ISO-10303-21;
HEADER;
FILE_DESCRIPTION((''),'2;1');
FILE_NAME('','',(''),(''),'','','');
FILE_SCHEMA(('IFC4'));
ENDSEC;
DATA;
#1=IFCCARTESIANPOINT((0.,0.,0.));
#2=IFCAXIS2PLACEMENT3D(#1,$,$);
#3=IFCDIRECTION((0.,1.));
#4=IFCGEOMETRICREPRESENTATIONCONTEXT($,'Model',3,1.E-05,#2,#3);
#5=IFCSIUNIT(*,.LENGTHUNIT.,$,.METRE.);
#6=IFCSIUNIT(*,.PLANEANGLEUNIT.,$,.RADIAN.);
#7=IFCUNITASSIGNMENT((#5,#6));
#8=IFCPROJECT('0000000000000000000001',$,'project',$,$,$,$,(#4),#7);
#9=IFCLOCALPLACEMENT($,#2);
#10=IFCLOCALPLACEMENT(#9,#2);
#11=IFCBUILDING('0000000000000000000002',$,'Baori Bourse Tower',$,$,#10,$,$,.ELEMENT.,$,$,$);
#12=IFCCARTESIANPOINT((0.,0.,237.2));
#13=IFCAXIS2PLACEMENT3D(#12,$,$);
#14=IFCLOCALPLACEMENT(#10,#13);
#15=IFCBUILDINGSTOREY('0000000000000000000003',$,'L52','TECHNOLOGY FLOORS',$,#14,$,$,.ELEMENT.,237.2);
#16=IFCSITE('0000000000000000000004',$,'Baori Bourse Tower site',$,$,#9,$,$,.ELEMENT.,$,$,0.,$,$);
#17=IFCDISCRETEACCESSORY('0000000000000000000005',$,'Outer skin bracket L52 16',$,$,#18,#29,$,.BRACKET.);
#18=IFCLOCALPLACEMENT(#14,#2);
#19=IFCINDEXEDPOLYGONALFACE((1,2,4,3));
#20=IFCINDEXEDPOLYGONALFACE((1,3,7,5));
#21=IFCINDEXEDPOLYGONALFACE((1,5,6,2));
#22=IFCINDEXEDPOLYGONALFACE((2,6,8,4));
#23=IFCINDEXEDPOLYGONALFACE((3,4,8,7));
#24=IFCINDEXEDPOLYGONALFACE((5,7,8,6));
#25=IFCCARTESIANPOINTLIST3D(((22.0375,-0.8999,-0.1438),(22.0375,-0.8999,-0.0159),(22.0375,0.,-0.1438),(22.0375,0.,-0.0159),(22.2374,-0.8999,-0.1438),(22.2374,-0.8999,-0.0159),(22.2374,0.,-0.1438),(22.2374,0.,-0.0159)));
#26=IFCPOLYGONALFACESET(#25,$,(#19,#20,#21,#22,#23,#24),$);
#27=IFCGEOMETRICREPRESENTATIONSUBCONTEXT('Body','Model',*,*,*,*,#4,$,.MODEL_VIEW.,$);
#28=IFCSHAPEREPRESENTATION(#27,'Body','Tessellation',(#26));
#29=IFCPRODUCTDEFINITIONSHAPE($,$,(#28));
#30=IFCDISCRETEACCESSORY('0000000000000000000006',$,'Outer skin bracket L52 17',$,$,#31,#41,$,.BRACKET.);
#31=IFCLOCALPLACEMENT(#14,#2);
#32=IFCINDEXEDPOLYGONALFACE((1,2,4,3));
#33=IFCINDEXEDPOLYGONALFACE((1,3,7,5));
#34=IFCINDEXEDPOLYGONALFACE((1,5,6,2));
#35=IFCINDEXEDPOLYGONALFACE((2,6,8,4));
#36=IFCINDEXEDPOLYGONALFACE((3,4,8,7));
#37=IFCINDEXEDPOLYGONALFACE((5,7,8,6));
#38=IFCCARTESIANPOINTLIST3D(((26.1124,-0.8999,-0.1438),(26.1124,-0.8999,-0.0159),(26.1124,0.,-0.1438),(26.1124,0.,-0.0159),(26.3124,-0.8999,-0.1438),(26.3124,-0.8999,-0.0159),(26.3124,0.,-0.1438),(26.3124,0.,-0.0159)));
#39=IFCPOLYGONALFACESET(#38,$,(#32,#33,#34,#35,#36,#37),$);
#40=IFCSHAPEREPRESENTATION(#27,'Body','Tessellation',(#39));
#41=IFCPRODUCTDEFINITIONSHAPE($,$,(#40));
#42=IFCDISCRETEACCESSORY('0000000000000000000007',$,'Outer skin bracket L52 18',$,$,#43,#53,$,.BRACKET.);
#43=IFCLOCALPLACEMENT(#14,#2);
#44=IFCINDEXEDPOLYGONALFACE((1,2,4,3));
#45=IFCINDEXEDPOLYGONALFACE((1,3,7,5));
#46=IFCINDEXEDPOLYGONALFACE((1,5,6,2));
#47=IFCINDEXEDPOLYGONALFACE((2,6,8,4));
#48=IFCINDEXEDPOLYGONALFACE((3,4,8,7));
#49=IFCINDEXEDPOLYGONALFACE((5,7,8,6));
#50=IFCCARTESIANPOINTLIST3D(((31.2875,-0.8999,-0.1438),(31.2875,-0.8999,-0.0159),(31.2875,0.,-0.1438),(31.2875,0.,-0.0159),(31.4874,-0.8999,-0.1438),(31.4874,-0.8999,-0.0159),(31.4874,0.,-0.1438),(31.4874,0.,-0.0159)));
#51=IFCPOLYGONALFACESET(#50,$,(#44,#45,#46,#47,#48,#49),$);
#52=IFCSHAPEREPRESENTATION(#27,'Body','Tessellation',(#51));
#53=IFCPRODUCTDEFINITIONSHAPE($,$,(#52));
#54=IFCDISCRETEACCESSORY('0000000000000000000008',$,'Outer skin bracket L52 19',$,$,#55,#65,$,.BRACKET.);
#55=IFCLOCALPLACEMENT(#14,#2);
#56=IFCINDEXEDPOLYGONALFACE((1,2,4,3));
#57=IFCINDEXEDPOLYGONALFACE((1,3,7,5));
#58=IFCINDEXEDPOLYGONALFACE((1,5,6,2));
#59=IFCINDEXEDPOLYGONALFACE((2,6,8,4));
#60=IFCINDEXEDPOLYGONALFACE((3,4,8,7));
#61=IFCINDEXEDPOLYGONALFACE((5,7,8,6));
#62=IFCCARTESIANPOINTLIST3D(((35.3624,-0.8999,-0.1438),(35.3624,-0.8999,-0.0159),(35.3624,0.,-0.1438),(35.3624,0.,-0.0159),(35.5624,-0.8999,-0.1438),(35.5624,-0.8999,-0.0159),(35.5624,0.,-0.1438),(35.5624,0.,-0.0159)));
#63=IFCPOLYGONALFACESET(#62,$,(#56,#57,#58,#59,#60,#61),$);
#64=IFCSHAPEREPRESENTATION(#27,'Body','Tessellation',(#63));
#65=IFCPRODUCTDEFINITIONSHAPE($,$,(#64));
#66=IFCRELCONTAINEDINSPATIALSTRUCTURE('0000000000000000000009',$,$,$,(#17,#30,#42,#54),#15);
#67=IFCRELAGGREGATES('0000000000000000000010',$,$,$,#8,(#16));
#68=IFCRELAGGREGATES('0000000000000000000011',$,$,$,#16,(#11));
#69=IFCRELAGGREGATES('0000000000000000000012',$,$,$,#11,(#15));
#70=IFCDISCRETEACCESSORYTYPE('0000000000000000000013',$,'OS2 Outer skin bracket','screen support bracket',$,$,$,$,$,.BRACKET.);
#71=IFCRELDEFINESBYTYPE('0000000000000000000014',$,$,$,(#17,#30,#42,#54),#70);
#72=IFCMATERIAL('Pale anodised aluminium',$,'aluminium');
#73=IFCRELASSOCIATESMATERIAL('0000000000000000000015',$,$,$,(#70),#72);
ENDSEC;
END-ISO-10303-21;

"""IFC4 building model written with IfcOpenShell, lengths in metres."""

from ifc_helpers import new_model, si_unit, direction, frame, origin, origin_2d, place, context, subcontext, project, spatial, rectangle, extrude, material, type_object, element, save


model = new_model("IFC4")

# Units and contexts
model_context = context("Model", 3, precision=1e-05, world=origin(), true_north=direction((0.0, 1.0)))
body_context = subcontext(model_context, "Body", "Model", "MODEL_VIEW")
ifc_project = project(units=[si_unit("LENGTHUNIT", "METRE"), si_unit("PLANEANGLEUNIT", "RADIAN")], contexts=[model_context])

# Site, building, storey
site_placement = place(None, origin())
site = spatial("IfcSite", under=ifc_project, at=site_placement, Name="Baori Bourse Tower site", CompositionType="ELEMENT", RefElevation=0.0)
building_placement = place(site_placement, origin())
building = spatial("IfcBuilding", under=site, at=building_placement, Name="Baori Bourse Tower", CompositionType="ELEMENT")
storey_placement = place(building_placement, frame((0.0, 0.0, 237.2)))
storey = spatial("IfcBuildingStorey", under=building, at=storey_placement, Name="L52", Description="TECHNOLOGY FLOORS", CompositionType="ELEMENT", Elevation=237.2)

# Discrete accessories
ifc_material_1 = material(Name="Pale anodised aluminium", Category="aluminium")
discrete_accessory_type = type_object("IfcDiscreteAccessoryType", Name="OS2 Outer skin bracket", Description="screen support bracket", PredefinedType="BRACKET", material=ifc_material_1)
for number, where, z_axis, x_axis, name in (
    (1, (22.1375, -0.45, -0.1438), (0.0, 0.0, 1.0), (1.0, 0.0, 0.0), "Outer skin bracket L52 16"),
    (2, (26.2124, -0.45, -0.1438), (0.0, 0.0, 1.0), (1.0, 0.0, 0.0), "Outer skin bracket L52 17"),
    (3, (31.3875, -0.45, -0.1438), (0.0, 0.0, 1.0), (1.0, 0.0, 0.0), "Outer skin bracket L52 18"),
    (4, (35.4624, -0.45, -0.1438), (0.0, 0.0, 1.0), (1.0, 0.0, 0.0), "Outer skin bracket L52 19"),
):
    element("IfcDiscreteAccessory", number, at=place(storey_placement, frame(where, z_axis=z_axis, x_axis=x_axis)), inside=storey, type_object=discrete_accessory_type, Name=name, PredefinedType="BRACKET", context=body_context, shape_type="SweptSolid", body=[
        extrude(rectangle(XDim=0.2, YDim=0.8999, at=origin_2d()), origin(), (0.0, 0.0, 1.0), 0.1279),
    ])

save(model, "model.ifc")
